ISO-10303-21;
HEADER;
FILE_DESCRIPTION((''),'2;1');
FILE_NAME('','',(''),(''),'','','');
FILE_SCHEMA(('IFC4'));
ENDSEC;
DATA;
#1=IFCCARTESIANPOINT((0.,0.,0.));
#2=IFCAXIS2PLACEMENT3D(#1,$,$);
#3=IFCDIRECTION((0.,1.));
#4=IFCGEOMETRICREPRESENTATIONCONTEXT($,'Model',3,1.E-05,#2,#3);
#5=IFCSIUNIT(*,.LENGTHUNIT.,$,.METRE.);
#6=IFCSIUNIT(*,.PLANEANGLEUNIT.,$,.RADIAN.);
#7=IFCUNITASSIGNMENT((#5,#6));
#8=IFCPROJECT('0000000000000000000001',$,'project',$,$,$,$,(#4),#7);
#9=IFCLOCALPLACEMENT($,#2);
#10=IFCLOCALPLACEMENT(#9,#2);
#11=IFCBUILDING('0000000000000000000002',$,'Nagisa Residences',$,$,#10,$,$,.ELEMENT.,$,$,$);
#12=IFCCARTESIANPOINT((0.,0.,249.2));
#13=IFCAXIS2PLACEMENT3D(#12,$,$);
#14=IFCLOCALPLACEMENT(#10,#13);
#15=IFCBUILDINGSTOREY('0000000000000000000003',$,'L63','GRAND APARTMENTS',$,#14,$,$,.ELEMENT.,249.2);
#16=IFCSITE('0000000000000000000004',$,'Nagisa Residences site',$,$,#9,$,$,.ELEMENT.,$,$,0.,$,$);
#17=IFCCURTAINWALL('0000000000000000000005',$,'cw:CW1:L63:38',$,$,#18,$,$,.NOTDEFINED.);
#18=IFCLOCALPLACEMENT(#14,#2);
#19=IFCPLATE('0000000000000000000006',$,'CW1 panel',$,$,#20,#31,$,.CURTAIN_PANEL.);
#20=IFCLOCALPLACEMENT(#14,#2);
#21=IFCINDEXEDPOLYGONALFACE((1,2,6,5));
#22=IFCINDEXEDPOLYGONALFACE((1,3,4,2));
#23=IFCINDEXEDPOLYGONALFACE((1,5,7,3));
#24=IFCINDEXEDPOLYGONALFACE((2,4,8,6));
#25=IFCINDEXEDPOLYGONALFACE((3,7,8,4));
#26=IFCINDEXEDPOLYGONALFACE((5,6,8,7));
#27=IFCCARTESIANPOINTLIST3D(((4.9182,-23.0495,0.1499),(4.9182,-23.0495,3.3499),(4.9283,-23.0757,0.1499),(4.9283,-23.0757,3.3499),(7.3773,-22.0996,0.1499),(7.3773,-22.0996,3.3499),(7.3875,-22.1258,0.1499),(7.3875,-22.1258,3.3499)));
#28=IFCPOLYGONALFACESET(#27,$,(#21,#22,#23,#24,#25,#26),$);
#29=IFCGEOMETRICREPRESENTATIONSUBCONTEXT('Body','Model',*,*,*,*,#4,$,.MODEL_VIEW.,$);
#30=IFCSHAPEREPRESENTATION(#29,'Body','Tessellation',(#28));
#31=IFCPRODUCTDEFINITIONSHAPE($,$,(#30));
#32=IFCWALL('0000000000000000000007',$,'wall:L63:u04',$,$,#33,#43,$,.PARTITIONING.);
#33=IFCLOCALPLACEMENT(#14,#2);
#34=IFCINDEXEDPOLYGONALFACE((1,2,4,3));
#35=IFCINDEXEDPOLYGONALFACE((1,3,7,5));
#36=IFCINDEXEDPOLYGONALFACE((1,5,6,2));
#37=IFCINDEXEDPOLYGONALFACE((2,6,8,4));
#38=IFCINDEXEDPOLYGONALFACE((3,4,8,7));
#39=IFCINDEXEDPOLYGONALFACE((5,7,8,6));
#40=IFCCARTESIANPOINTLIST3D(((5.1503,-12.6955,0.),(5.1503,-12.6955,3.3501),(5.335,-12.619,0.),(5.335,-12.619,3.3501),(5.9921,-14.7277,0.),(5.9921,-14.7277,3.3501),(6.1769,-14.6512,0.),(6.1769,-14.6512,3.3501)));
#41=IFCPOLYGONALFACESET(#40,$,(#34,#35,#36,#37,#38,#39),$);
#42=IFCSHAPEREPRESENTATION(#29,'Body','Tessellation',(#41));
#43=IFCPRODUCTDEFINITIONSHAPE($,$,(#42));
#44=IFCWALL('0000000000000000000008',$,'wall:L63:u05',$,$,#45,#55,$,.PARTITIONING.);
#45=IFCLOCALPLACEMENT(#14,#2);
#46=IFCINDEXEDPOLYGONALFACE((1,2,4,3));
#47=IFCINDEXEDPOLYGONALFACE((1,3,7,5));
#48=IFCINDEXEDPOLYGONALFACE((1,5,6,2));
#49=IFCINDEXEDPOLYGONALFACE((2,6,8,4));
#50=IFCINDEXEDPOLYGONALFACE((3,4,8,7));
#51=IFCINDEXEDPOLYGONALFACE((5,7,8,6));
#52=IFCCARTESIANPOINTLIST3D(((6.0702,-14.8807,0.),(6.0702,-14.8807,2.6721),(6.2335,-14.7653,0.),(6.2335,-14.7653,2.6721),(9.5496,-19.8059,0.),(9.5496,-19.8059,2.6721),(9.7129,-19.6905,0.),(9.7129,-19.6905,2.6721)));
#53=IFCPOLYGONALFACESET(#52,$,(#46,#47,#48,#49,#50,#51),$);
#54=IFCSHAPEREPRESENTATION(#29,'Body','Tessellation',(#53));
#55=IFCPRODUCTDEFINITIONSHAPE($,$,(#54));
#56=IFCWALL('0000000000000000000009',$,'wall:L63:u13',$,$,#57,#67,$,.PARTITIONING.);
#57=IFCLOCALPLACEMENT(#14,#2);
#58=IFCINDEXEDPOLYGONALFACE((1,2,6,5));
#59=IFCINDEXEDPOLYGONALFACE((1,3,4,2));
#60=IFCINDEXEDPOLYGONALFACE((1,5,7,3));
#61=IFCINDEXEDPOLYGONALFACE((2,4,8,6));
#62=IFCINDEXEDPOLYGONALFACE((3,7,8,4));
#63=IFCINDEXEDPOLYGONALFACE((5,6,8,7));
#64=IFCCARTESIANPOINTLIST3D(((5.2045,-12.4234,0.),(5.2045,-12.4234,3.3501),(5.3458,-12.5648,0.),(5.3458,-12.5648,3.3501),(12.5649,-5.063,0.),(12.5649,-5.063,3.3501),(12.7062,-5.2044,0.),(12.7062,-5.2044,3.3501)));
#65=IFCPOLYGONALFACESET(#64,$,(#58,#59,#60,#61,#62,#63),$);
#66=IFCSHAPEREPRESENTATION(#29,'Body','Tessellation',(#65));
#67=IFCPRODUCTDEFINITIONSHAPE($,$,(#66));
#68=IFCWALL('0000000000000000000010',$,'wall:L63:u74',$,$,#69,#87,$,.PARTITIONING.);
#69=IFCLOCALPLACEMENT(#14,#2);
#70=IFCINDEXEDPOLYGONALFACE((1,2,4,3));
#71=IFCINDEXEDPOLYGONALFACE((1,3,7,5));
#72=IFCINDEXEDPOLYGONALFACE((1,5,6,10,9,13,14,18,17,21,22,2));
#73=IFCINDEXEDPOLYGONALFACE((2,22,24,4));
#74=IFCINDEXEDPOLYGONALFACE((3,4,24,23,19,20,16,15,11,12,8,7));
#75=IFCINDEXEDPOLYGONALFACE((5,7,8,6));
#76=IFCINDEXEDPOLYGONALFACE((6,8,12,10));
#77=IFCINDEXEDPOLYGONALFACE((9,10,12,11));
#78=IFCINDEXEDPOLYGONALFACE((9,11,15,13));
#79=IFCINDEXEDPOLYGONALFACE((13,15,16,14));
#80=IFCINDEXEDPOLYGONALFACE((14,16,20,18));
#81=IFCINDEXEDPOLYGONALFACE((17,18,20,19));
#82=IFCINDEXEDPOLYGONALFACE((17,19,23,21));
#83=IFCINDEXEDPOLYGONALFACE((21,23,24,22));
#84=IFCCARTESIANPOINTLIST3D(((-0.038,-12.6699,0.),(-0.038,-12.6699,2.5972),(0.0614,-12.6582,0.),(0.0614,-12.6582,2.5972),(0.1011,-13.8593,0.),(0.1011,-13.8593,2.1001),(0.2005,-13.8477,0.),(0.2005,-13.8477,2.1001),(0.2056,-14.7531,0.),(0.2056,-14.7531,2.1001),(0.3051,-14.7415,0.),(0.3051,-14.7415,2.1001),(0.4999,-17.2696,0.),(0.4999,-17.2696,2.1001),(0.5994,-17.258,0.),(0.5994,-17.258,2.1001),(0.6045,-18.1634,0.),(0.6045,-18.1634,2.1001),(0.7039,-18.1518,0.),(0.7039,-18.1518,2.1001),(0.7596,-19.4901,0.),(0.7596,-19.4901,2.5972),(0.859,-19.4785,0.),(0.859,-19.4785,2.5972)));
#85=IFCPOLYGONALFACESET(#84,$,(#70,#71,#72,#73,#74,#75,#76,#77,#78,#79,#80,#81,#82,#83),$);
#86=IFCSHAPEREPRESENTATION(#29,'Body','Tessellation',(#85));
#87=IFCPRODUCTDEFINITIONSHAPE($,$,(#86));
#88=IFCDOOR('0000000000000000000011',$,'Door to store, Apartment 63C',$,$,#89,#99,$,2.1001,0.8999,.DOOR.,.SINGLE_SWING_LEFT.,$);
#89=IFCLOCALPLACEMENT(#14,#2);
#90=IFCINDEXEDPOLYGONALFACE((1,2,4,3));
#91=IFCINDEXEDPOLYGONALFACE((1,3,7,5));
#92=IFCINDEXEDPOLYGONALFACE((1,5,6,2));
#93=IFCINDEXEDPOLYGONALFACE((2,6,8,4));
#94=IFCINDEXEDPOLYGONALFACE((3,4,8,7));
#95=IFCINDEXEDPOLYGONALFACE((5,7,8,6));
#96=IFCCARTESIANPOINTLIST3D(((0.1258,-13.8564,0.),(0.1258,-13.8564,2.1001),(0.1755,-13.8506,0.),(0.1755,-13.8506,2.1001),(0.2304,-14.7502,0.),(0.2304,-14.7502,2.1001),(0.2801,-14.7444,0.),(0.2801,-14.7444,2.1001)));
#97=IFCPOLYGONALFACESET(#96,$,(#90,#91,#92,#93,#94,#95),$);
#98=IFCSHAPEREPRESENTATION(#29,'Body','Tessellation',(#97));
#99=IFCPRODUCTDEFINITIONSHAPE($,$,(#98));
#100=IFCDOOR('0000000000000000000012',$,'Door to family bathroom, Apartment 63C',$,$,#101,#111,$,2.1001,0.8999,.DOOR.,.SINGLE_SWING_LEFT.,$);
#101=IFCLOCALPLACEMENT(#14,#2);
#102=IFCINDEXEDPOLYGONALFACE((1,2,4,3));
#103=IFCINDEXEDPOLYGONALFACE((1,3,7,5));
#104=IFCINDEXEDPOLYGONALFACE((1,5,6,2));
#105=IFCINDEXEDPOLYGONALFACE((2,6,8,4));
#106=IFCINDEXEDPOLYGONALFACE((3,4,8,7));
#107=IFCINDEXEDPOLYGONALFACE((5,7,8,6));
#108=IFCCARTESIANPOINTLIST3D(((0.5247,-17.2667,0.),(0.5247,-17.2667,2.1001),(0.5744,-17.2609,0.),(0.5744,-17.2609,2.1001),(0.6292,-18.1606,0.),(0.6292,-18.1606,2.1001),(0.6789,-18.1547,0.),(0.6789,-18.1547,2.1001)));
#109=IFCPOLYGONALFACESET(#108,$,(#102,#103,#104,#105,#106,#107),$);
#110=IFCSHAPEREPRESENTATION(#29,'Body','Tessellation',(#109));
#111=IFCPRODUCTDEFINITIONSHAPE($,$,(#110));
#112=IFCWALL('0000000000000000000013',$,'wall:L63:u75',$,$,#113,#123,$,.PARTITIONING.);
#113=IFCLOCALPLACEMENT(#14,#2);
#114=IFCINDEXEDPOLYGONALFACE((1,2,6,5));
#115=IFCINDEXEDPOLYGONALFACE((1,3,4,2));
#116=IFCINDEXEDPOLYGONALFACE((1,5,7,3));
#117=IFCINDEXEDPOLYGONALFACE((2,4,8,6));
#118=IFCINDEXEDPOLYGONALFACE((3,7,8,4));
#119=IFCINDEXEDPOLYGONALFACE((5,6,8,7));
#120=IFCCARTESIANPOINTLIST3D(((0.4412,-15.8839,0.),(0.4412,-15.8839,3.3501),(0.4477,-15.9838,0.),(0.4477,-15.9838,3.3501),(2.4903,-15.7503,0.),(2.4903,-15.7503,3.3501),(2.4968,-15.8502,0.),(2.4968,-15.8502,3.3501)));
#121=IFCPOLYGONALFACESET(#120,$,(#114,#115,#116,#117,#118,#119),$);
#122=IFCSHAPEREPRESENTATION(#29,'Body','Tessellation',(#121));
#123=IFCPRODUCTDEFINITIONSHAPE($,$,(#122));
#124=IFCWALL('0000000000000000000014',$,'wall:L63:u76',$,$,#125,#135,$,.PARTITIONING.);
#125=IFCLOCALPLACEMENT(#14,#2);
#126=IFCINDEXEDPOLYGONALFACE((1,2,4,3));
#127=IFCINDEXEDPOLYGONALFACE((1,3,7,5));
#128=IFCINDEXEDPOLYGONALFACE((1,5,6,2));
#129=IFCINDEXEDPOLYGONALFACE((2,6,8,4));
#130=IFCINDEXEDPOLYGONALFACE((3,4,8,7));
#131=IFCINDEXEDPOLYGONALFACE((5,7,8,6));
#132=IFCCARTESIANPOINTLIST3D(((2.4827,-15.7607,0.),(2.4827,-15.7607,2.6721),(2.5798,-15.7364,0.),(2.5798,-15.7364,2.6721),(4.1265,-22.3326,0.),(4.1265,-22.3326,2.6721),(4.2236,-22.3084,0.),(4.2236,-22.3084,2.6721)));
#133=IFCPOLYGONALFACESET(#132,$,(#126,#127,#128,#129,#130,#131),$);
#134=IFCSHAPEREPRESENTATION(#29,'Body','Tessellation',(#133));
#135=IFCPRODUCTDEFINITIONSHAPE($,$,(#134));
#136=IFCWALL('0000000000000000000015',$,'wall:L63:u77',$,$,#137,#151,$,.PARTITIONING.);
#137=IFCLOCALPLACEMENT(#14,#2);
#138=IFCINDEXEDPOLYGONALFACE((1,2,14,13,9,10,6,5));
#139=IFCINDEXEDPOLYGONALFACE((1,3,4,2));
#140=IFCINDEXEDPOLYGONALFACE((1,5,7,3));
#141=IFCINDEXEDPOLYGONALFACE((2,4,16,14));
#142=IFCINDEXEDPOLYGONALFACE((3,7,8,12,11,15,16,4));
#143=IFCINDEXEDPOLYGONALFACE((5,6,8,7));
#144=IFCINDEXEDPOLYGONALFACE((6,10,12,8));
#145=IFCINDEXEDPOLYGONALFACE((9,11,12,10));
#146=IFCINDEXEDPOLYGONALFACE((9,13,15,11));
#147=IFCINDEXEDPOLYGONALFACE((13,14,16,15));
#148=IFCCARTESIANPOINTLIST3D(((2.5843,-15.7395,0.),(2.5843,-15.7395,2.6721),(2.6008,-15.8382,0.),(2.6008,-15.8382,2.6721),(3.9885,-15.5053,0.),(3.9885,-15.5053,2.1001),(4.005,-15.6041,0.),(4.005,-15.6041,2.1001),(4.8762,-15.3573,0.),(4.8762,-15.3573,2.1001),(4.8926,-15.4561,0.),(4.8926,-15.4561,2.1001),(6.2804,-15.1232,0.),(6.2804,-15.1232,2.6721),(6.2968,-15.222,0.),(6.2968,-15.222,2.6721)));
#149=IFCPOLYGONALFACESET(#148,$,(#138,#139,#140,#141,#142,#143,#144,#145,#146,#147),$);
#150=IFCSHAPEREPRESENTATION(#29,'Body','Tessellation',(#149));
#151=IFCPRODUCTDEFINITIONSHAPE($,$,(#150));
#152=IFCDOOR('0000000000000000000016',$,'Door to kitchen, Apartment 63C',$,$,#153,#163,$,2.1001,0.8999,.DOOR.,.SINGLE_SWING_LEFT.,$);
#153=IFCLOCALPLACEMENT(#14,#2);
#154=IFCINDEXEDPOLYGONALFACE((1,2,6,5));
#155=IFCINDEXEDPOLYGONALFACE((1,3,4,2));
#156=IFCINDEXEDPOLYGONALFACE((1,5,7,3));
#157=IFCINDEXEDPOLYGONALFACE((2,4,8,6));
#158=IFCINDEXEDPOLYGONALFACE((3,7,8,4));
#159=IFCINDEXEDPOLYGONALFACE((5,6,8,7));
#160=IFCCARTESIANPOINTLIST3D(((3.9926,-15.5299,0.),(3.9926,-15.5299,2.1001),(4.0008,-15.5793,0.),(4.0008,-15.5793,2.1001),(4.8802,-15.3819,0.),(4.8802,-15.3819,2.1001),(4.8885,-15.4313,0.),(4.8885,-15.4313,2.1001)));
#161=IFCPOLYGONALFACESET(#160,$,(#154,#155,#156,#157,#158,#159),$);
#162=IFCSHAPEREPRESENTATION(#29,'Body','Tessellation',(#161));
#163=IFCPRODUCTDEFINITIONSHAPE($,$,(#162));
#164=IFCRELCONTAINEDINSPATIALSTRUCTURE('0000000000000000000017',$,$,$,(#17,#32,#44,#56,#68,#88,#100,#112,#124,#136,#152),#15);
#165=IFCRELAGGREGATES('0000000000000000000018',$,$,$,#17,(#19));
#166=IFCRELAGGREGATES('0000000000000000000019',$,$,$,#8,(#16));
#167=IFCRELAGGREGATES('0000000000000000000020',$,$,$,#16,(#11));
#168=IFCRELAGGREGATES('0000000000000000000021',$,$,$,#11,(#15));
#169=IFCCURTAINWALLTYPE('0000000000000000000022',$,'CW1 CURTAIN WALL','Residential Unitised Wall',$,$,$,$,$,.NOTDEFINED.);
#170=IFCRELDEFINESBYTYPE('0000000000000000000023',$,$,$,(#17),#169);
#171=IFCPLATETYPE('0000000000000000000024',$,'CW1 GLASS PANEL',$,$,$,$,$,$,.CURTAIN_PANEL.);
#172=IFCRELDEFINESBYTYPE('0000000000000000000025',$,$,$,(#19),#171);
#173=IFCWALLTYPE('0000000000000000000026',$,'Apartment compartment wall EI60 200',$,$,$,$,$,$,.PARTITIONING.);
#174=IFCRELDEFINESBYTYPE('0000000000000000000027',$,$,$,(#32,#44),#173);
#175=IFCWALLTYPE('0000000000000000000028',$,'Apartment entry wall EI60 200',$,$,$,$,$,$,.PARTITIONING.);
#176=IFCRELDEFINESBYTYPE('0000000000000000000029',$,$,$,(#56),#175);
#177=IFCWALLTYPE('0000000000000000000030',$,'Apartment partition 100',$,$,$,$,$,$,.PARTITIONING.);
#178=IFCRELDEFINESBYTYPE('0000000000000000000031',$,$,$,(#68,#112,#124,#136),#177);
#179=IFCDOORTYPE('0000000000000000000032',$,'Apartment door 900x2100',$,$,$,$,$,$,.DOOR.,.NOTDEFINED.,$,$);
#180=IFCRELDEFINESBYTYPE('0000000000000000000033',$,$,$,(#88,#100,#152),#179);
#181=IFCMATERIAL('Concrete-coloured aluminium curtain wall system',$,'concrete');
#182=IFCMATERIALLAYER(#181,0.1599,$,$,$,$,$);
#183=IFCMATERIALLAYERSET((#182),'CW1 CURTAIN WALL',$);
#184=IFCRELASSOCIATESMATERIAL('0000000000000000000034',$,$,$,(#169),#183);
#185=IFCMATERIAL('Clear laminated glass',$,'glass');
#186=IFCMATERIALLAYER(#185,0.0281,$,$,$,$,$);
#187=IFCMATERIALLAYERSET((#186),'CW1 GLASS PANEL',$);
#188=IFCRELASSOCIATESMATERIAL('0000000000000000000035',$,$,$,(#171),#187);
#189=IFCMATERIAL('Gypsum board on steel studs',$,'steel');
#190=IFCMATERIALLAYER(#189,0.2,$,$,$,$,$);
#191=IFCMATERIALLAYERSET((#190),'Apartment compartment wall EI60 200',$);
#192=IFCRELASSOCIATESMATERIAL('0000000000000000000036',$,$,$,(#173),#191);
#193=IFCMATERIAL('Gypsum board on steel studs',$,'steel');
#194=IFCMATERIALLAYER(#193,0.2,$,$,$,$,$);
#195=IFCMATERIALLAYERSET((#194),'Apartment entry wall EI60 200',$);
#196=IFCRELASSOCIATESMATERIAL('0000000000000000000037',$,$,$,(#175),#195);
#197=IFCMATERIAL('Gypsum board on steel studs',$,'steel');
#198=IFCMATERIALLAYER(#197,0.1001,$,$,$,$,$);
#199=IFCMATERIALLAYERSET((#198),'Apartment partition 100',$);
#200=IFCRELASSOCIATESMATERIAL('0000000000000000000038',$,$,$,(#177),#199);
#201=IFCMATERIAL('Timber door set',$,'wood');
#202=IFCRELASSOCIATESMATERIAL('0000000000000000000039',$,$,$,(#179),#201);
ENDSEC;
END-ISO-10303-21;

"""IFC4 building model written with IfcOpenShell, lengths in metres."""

from ifc_helpers import new_model, si_unit, direction, frame, frame_2d, origin, origin_2d, place, context, subcontext, project, spatial, rectangle, extrude, material, layer, layer_set, type_object, element, fill, aggregate, save


model = new_model("IFC4")

# Units and contexts
model_context = context("Model", 3, precision=1e-05, world=origin(), true_north=direction((0.0, 1.0)))
body_context = subcontext(model_context, "Body", "Model", "MODEL_VIEW")
ifc_project = project(units=[si_unit("LENGTHUNIT", "METRE"), si_unit("PLANEANGLEUNIT", "RADIAN")], contexts=[model_context])

# Site, building, storey
site_placement = place(None, origin())
site = spatial("IfcSite", under=ifc_project, at=site_placement, Name="Nagisa Residences site", CompositionType="ELEMENT", RefElevation=0.0)
building_placement = place(site_placement, origin())
building = spatial("IfcBuilding", under=site, at=building_placement, Name="Nagisa Residences", CompositionType="ELEMENT")
storey_placement = place(building_placement, frame((0.0, 0.0, 249.2)))
storey = spatial("IfcBuildingStorey", under=building, at=storey_placement, Name="L63", Description="GRAND APARTMENTS", CompositionType="ELEMENT", Elevation=249.2)

# Curtain wall
ifc_material_1 = material(Name="Concrete-coloured aluminium curtain wall system", Category="concrete")
ifc_layer_1 = layer(ifc_material_1, 0.1599)
ifc_layer_set_1 = layer_set([ifc_layer_1], Name="CW1 CURTAIN WALL")
curtain_wall_type = type_object("IfcCurtainWallType", Name="CW1 CURTAIN WALL", Description="Residential Unitised Wall", PredefinedType="NOTDEFINED", material=ifc_layer_set_1)
curtain_wall_1_placement = place(storey_placement, origin())
curtain_wall_1 = element("IfcCurtainWall", 1, at=curtain_wall_1_placement, inside=storey, type_object=curtain_wall_type, Name="cw:CW1:L63:38", PredefinedType="NOTDEFINED")

# Plate
ifc_material_2 = material(Name="Clear laminated glass", Category="glass")
ifc_layer_2 = layer(ifc_material_2, 0.0281)
ifc_layer_set_2 = layer_set([ifc_layer_2], Name="CW1 GLASS PANEL")
plate_type = type_object("IfcPlateType", Name="CW1 GLASS PANEL", PredefinedType="CURTAIN_PANEL", material=ifc_layer_set_2)
plate_1_placement = place(storey_placement, frame((6.1528, -22.5876, 0.1499), z_axis=(0.0, 0.0, 1.0), x_axis=(0.932826, 0.360328, 0.0)))
plate_1 = element("IfcPlate", 2, at=plate_1_placement, type_object=plate_type, Name="CW1 panel", PredefinedType="CURTAIN_PANEL", context=body_context, shape_type="SweptSolid", body=[
    extrude(rectangle(XDim=2.6362, YDim=0.0281, at=origin_2d()), origin(), (0.0, 0.0, 1.0), 3.2),
])
aggregate(curtain_wall_1, [plate_1])

# Walls
ifc_material_3 = material(Name="Gypsum board on steel studs", Category="steel")
ifc_layer_3 = layer(ifc_material_3, 0.2)
ifc_layer_set_3 = layer_set([ifc_layer_3], Name="Apartment compartment wall EI60 200")
wall_type_1 = type_object("IfcWallType", Name="Apartment compartment wall EI60 200", PredefinedType="PARTITIONING", material=ifc_layer_set_3)
wall_1_placement = place(storey_placement, frame((5.2427, -12.6572, 0.0), z_axis=(0.0, 0.0, 1.0), x_axis=(0.382692, -0.923876, 0.0)))
element("IfcWall", 3, at=wall_1_placement, inside=storey, type_object=wall_type_1, Name="wall:L63:u04", PredefinedType="PARTITIONING", context=body_context, shape_type="SweptSolid", body=[
    extrude(rectangle(XDim=2.1997, YDim=0.2, at=frame_2d((1.0999, 0.0))), origin(), (0.0, 0.0, 1.0), 3.3501),
])
wall_2_placement = place(storey_placement, frame((6.1519, -14.823, 0.0), z_axis=(0.0, 0.0, 1.0), x_axis=(0.576995, -0.816748, 0.0)))
element("IfcWall", 4, at=wall_2_placement, inside=storey, type_object=wall_type_1, Name="wall:L63:u05", PredefinedType="PARTITIONING", context=body_context, shape_type="SweptSolid", body=[
    extrude(rectangle(XDim=6.0303, YDim=0.2, at=frame_2d((3.0151, 0.0))), origin(), (0.0, 0.0, 1.0), 2.6721),
])
ifc_material_4 = material(Name="Gypsum board on steel studs", Category="steel")
ifc_layer_4 = layer(ifc_material_4, 0.2)
ifc_layer_set_4 = layer_set([ifc_layer_4], Name="Apartment entry wall EI60 200")
wall_type_2 = type_object("IfcWallType", Name="Apartment entry wall EI60 200", PredefinedType="PARTITIONING", material=ifc_layer_set_4)
wall_3_placement = place(storey_placement, frame((5.2751, -12.4941, 0.0), z_axis=(0.0, 0.0, 1.0), x_axis=(0.707107, 0.707107, 0.0)))
element("IfcWall", 5, at=wall_3_placement, inside=storey, type_object=wall_type_2, Name="wall:L63:u13", PredefinedType="PARTITIONING", context=body_context, shape_type="SweptSolid", body=[
    extrude(rectangle(XDim=10.4092, YDim=0.2, at=frame_2d((5.2046, 0.0))), origin(), (0.0, 0.0, 1.0), 3.3501),
])

# Wall, openings, doors
ifc_material_5 = material(Name="Gypsum board on steel studs", Category="steel")
ifc_layer_5 = layer(ifc_material_5, 0.1001)
ifc_layer_set_5 = layer_set([ifc_layer_5], Name="Apartment partition 100")
wall_type_3 = type_object("IfcWallType", Name="Apartment partition 100", PredefinedType="PARTITIONING", material=ifc_layer_set_5)
wall_4_placement = place(storey_placement, frame((0.0117, -12.6641, 0.0), z_axis=(0.0, 0.0, 1.0), x_axis=(0.116154, -0.993231, 0.0)))
wall_4 = element("IfcWall", 6, at=wall_4_placement, inside=storey, type_object=wall_type_3, Name="wall:L63:u74", PredefinedType="PARTITIONING", context=body_context, shape_type="SweptSolid", body=[
    extrude(rectangle(XDim=6.8667, YDim=0.1001, at=frame_2d((3.4333, 0.0))), origin(), (0.0, 0.0, 1.0), 2.5972),
])
opening_1_placement = place(wall_4_placement, frame((1.1975, 0.0, 0.0)))
opening_1 = element("IfcOpeningElement", 7, at=opening_1_placement, cuts=wall_4, PredefinedType="OPENING", context=body_context, shape_type="SweptSolid", body=[
    extrude(rectangle(XDim=0.8999, YDim=2.1001, at=frame_2d((0.45, 1.05))), frame((0.0, 0.0601, 0.0), z_axis=(0.0, -1.0, 0.0), x_axis=(1.0, 0.0, 0.0)), (0.0, 0.0, 1.0), 0.1201),
])
opening_2_placement = place(wall_4_placement, frame((4.6311, 0.0, 0.0)))
opening_2 = element("IfcOpeningElement", 8, at=opening_2_placement, cuts=wall_4, PredefinedType="OPENING", context=body_context, shape_type="SweptSolid", body=[
    extrude(rectangle(XDim=0.8999, YDim=2.1001, at=frame_2d((0.45, 1.05))), frame((0.0, 0.0601, 0.0), z_axis=(0.0, -1.0, 0.0), x_axis=(1.0, 0.0, 0.0)), (0.0, 0.0, 1.0), 0.1201),
])
ifc_material_6 = material(Name="Timber door set", Category="wood")
door_type_1 = type_object("IfcDoorType", Name="Apartment door 900x2100", OperationType="NOTDEFINED", PredefinedType="DOOR", material=ifc_material_6)
door_1_placement = place(opening_1_placement, origin())
door_1 = element("IfcDoor", 9, at=door_1_placement, inside=storey, type_object=door_type_1, Name="Door to store, Apartment 63C", OperationType="SINGLE_SWING_LEFT", OverallHeight=2.1001, OverallWidth=0.8999, PredefinedType="DOOR", context=body_context, shape_type="SweptSolid", body=[
    extrude(rectangle(XDim=0.8999, YDim=2.1001, at=frame_2d((0.45, 1.05))), frame((0.0, 0.0249, 0.0), z_axis=(0.0, -1.0, 0.0), x_axis=(1.0, 0.0, 0.0)), (0.0, 0.0, 1.0), 0.05),
])
fill(opening_1, door_1)
door_2_placement = place(opening_2_placement, origin())
door_2 = element("IfcDoor", 10, at=door_2_placement, inside=storey, type_object=door_type_1, Name="Door to family bathroom, Apartment 63C", OperationType="SINGLE_SWING_LEFT", OverallHeight=2.1001, OverallWidth=0.8999, PredefinedType="DOOR", context=body_context, shape_type="SweptSolid", body=[
    extrude(rectangle(XDim=0.8999, YDim=2.1001, at=frame_2d((0.45, 1.05))), frame((0.0, 0.0249, 0.0), z_axis=(0.0, -1.0, 0.0), x_axis=(1.0, 0.0, 0.0)), (0.0, 0.0, 1.0), 0.05),
])
fill(opening_2, door_2)

# Walls
wall_5_placement = place(storey_placement, frame((0.4443, -15.9338, 0.0), z_axis=(0.0, 0.0, 1.0), x_axis=(0.997883, 0.065035, 0.0)))
element("IfcWall", 11, at=wall_5_placement, inside=storey, type_object=wall_type_3, Name="wall:L63:u75", PredefinedType="PARTITIONING", context=body_context, shape_type="SweptSolid", body=[
    extrude(rectangle(XDim=2.0535, YDim=0.1001, at=frame_2d((1.0269, 0.0))), origin(), (0.0, 0.0, 1.0), 3.3501),
])
wall_6_placement = place(storey_placement, frame((2.5312, -15.7485, 0.0), z_axis=(0.0, 0.0, 1.0), x_axis=(0.242646, -0.970115, 0.0)))
element("IfcWall", 12, at=wall_6_placement, inside=storey, type_object=wall_type_3, Name="wall:L63:u76", PredefinedType="PARTITIONING", context=body_context, shape_type="SweptSolid", body=[
    extrude(rectangle(XDim=6.7744, YDim=0.1001, at=frame_2d((3.3872, 0.0))), origin(), (0.0, 0.0, 1.0), 2.6721),
])

# Wall, opening, door
wall_7_placement = place(storey_placement, frame((2.5925, -15.7888, 0.0), z_axis=(0.0, 0.0, 1.0), x_axis=(0.986385, 0.164452, 0.0)))
wall_7 = element("IfcWall", 13, at=wall_7_placement, inside=storey, type_object=wall_type_3, Name="wall:L63:u77", PredefinedType="PARTITIONING", context=body_context, shape_type="SweptSolid", body=[
    extrude(rectangle(XDim=3.7471, YDim=0.1001, at=frame_2d((1.8735, 0.0))), origin(), (0.0, 0.0, 1.0), 2.6721),
])
opening_3_placement = place(wall_7_placement, frame((1.4236, 0.0, 0.0)))
opening_3 = element("IfcOpeningElement", 14, at=opening_3_placement, cuts=wall_7, PredefinedType="OPENING", context=body_context, shape_type="SweptSolid", body=[
    extrude(rectangle(XDim=0.8999, YDim=2.1001, at=frame_2d((0.45, 1.05))), frame((0.0, 0.0601, 0.0), z_axis=(0.0, -1.0, 0.0), x_axis=(1.0, 0.0, 0.0)), (0.0, 0.0, 1.0), 0.1201),
])
door_3_placement = place(opening_3_placement, frame((0.8999, 0.0, 0.0), x_axis=(-1.0, 0.0, 0.0)))
door_3 = element("IfcDoor", 15, at=door_3_placement, inside=storey, type_object=door_type_1, Name="Door to kitchen, Apartment 63C", OperationType="SINGLE_SWING_LEFT", OverallHeight=2.1001, OverallWidth=0.8999, PredefinedType="DOOR", context=body_context, shape_type="SweptSolid", body=[
    extrude(rectangle(XDim=0.8999, YDim=2.1001, at=frame_2d((0.45, 1.05))), frame((0.0, 0.0249, 0.0), z_axis=(0.0, -1.0, 0.0), x_axis=(1.0, 0.0, 0.0)), (0.0, 0.0, 1.0), 0.05),
])
fill(opening_3, door_3)

save(model, "model.ifc")
